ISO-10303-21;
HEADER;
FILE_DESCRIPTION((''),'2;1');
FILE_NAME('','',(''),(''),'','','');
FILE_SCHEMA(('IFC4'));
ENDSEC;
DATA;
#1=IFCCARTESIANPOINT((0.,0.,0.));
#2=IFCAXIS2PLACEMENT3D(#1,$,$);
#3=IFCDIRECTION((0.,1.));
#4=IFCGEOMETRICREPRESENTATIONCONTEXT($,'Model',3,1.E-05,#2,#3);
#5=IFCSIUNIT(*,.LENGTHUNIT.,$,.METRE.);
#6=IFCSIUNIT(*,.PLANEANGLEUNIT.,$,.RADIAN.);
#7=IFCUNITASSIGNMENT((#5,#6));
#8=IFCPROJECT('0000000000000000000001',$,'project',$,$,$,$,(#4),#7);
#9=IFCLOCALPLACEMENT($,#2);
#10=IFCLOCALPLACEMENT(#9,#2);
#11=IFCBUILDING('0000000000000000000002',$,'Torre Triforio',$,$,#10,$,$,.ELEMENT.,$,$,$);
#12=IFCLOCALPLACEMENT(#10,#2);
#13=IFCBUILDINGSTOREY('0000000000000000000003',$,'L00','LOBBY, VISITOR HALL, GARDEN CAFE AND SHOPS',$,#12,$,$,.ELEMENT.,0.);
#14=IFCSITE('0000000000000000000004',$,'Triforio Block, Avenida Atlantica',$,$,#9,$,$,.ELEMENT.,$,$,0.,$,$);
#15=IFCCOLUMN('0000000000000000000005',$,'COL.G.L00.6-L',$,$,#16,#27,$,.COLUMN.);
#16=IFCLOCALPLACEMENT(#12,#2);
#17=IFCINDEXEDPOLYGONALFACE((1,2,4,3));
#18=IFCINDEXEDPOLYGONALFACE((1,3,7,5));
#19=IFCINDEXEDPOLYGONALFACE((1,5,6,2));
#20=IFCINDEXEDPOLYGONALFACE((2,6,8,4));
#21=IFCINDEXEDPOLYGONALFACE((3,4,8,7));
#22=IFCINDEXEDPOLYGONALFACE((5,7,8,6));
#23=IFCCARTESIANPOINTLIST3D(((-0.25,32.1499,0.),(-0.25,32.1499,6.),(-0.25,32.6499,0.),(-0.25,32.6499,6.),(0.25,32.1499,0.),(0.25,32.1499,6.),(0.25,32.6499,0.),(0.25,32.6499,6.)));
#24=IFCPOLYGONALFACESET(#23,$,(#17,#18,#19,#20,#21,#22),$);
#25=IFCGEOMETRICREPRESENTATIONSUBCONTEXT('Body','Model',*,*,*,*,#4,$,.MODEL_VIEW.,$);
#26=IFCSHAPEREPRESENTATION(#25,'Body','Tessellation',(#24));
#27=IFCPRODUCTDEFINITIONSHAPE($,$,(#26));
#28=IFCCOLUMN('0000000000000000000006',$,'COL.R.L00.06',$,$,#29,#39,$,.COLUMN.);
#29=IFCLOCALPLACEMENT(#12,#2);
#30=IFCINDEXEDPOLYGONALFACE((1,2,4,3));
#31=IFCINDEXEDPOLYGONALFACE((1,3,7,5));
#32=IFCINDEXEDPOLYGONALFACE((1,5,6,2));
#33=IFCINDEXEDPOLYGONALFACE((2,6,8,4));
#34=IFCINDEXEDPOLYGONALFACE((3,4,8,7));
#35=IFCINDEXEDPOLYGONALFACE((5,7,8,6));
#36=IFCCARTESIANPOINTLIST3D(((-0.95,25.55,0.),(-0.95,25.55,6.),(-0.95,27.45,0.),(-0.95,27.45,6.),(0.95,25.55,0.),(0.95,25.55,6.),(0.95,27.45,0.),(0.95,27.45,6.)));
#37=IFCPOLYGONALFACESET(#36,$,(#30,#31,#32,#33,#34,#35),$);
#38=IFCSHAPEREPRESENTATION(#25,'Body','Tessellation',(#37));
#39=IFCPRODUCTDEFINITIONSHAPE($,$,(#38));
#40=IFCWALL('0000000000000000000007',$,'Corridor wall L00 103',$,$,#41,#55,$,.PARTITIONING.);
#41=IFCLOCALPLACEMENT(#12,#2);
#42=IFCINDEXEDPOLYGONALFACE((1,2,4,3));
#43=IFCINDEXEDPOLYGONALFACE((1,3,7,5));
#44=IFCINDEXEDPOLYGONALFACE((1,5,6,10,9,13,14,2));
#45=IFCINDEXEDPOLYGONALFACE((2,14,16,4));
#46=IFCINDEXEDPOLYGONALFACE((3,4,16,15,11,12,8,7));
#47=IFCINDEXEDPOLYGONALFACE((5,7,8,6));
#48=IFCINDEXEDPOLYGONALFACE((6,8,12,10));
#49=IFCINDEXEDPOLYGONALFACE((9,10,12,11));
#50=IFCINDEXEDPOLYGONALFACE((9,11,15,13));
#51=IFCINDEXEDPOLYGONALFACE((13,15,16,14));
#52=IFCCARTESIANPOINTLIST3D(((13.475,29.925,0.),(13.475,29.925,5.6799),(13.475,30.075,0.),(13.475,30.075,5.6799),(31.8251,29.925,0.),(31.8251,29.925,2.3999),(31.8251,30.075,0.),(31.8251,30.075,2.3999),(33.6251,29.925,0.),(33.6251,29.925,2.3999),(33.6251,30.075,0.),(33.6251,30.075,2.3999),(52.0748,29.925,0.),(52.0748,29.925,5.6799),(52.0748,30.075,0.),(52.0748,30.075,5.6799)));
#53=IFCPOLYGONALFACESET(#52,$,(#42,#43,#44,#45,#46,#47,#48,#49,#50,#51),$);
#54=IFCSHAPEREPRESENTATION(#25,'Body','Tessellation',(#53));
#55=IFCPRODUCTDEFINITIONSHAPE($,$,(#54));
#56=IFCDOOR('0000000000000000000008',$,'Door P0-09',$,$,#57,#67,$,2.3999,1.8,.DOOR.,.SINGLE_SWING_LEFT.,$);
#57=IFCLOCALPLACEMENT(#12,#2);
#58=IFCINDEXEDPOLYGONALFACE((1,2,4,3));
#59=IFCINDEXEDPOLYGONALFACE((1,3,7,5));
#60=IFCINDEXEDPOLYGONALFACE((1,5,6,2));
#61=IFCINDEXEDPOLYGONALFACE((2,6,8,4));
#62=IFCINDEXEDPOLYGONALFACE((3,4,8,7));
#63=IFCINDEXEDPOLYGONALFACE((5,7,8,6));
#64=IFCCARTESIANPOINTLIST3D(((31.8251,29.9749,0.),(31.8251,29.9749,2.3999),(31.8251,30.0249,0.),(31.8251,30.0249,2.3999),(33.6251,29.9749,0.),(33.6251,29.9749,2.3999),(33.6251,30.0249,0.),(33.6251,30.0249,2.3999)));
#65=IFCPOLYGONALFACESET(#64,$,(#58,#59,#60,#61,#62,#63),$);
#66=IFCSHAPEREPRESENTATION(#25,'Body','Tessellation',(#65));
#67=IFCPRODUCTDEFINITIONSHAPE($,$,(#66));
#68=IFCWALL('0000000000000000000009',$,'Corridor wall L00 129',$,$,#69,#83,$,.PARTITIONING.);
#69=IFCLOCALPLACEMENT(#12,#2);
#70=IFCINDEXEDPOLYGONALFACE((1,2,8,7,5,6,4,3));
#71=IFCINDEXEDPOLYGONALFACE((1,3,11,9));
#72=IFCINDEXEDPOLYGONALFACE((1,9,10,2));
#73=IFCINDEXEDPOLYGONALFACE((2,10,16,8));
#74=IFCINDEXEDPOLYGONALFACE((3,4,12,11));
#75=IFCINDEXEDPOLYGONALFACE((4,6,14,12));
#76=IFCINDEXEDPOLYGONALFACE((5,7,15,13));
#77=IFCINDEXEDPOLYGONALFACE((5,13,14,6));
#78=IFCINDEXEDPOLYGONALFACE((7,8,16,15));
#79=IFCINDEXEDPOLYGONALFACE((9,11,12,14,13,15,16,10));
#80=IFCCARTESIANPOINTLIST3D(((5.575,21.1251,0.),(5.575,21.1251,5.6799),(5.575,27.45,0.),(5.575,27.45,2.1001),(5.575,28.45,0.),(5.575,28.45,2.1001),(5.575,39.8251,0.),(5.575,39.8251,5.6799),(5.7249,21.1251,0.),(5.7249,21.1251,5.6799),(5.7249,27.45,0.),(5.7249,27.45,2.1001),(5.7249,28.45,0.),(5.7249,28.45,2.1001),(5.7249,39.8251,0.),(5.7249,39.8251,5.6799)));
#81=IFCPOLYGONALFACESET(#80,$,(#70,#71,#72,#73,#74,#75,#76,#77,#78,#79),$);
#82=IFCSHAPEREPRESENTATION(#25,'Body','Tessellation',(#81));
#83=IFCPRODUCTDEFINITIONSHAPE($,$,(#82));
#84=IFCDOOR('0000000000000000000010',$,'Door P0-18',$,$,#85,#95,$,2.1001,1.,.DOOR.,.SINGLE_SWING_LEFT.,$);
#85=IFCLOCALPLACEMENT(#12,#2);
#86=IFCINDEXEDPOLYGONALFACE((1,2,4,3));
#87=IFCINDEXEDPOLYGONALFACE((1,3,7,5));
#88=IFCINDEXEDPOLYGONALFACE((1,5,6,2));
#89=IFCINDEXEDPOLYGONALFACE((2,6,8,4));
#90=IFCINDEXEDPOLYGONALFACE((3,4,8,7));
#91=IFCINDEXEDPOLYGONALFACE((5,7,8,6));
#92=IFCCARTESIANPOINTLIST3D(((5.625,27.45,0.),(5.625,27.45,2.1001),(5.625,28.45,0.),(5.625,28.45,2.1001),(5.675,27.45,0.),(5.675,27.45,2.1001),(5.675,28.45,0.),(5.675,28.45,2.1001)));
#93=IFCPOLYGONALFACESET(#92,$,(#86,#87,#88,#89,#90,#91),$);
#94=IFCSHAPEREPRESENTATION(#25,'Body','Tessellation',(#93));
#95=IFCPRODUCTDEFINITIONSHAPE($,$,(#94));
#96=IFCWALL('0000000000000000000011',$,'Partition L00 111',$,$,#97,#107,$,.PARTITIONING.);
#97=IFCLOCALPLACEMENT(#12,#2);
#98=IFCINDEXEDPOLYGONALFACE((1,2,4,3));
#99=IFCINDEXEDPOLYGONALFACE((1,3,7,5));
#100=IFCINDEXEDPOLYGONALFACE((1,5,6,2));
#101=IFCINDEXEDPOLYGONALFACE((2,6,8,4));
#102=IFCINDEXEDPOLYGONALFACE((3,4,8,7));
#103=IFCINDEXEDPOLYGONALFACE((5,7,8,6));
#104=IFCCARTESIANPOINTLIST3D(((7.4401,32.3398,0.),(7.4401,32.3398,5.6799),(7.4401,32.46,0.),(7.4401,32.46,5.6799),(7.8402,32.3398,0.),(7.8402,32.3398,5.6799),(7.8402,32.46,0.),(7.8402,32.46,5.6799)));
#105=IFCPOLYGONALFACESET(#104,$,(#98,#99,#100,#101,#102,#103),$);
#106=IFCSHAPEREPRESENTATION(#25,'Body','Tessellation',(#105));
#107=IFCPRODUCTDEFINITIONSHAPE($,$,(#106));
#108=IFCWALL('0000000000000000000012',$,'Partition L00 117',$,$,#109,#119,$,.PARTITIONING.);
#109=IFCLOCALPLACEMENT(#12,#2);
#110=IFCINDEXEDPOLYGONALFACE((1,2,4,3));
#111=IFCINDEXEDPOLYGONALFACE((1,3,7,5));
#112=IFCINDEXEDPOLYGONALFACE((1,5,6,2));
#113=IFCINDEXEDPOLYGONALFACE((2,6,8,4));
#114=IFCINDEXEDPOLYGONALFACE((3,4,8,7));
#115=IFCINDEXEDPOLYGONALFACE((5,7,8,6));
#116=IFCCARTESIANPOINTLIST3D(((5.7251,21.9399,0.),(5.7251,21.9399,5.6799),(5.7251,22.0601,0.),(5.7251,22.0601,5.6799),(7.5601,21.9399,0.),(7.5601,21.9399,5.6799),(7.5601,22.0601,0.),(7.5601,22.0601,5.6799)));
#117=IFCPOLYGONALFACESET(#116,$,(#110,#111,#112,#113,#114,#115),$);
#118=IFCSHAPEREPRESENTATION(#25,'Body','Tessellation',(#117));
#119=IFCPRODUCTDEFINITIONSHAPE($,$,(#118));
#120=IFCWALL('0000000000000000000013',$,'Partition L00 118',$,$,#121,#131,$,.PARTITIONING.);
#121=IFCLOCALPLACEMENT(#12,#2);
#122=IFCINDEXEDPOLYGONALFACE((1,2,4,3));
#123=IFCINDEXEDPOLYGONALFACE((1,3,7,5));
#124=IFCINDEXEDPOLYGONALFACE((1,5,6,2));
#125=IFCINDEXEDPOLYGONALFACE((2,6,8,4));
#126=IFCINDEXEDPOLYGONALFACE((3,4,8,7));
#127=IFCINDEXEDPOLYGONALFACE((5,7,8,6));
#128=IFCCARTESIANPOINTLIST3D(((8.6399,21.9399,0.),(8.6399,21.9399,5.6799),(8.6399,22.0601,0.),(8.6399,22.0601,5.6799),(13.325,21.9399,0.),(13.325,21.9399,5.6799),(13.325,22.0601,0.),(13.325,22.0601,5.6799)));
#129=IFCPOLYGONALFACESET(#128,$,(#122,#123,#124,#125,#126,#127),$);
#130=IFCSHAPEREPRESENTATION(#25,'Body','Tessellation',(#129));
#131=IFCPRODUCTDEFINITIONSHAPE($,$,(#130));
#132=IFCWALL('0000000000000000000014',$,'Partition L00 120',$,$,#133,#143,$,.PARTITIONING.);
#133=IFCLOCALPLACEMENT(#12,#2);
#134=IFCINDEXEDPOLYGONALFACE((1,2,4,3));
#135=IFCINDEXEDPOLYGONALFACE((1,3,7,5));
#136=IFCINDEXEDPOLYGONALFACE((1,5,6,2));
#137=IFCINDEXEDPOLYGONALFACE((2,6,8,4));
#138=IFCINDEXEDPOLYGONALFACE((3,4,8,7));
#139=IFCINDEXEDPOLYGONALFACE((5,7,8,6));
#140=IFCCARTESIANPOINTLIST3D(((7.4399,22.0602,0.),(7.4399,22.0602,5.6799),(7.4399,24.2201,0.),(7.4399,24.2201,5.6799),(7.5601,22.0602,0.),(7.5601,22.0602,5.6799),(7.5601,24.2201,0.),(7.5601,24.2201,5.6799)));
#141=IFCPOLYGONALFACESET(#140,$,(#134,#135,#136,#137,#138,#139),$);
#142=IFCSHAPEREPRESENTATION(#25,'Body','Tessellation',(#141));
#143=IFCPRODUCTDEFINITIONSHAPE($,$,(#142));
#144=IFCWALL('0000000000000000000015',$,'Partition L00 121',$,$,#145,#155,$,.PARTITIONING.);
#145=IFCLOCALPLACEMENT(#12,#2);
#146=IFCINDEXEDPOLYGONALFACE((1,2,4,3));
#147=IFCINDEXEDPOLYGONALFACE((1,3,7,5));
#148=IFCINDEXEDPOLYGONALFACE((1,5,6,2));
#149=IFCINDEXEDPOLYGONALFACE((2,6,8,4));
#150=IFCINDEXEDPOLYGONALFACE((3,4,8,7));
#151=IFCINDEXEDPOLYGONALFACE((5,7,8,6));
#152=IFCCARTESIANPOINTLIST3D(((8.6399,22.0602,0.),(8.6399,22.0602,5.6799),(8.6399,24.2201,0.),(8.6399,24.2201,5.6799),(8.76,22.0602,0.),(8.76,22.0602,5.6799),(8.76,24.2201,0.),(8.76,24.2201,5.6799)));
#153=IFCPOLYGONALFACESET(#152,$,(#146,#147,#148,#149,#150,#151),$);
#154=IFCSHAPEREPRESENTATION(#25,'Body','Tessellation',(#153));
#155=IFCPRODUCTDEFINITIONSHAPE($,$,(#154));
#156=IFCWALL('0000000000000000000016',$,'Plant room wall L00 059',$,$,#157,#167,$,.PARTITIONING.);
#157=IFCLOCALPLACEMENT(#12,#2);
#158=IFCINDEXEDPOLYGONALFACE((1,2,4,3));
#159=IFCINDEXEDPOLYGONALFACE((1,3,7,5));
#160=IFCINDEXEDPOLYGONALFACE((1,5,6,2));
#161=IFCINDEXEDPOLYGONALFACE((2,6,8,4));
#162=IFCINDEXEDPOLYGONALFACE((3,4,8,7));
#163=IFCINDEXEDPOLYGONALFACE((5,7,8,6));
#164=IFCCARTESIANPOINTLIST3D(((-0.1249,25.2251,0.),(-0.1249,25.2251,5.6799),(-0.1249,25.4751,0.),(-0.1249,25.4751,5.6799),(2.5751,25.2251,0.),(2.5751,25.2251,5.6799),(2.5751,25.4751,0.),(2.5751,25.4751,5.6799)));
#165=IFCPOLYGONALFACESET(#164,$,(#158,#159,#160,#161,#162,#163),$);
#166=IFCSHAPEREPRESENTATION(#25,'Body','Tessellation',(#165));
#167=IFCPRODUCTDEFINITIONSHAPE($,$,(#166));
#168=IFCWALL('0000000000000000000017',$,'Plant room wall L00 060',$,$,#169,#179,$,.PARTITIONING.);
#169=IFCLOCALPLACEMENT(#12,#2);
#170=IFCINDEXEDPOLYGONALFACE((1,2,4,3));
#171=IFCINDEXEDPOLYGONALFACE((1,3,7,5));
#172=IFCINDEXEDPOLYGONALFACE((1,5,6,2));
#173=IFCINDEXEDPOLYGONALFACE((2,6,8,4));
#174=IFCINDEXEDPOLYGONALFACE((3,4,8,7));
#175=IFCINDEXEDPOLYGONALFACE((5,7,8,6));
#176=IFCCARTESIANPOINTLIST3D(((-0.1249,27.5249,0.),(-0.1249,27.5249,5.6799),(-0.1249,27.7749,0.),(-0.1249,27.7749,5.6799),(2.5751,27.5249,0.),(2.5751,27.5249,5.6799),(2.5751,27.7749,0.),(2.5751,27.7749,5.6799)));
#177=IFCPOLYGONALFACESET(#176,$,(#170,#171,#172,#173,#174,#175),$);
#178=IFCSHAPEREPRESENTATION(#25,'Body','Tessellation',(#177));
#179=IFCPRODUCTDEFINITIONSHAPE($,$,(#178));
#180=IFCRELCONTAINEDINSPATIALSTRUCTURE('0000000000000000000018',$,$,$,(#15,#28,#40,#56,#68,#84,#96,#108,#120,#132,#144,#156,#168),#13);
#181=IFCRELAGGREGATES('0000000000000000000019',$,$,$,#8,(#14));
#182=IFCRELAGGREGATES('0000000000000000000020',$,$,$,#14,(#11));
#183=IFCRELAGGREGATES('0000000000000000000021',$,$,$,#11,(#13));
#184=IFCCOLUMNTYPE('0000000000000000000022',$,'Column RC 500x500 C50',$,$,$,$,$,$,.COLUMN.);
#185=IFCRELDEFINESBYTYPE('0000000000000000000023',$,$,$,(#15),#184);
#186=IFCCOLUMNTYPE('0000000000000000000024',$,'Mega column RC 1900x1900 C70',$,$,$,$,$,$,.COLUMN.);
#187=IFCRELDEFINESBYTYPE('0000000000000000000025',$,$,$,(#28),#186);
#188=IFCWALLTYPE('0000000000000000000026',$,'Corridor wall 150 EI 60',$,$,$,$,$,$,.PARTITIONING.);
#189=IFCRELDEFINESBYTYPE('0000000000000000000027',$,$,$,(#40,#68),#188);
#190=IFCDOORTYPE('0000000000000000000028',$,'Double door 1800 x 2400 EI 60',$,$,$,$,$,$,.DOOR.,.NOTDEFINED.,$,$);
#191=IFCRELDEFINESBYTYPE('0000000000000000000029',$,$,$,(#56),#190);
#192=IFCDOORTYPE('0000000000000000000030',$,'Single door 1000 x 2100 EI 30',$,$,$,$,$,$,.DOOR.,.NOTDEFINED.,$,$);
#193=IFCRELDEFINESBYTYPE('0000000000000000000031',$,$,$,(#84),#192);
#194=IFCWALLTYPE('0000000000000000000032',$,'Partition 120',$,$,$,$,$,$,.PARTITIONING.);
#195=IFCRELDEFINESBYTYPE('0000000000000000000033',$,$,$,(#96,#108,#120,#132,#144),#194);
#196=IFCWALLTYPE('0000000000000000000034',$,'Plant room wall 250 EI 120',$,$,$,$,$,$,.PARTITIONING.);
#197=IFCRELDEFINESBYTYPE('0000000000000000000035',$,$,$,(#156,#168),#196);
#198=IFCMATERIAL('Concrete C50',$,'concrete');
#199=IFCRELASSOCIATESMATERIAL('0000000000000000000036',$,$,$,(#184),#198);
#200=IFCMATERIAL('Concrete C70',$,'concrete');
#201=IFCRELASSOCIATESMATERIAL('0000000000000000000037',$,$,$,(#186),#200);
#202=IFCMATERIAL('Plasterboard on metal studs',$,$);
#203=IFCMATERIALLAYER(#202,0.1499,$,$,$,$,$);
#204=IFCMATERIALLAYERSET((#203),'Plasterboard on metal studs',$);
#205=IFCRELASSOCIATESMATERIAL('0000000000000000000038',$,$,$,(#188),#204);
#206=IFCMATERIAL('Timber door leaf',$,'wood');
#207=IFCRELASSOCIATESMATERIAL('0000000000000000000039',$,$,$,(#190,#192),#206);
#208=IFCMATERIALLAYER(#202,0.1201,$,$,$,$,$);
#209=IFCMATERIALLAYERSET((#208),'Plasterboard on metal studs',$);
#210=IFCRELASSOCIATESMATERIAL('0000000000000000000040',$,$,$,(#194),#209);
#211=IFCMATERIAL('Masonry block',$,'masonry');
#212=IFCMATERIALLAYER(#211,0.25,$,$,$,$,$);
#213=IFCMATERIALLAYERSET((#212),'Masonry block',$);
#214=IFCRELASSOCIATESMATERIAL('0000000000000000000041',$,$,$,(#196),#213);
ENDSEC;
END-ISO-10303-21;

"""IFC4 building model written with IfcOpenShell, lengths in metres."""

from ifc_helpers import new_model, si_unit, direction, frame, frame_2d, origin, origin_2d, place, context, subcontext, project, spatial, rectangle, extrude, material, layer, layer_set, material_profile, profile_set, type_object, element, fill, save


model = new_model("IFC4")

# Units and contexts
model_context = context("Model", 3, precision=1e-05, world=origin(), true_north=direction((0.0, 1.0)))
body_context = subcontext(model_context, "Body", "Model", "MODEL_VIEW")
ifc_project = project(units=[si_unit("LENGTHUNIT", "METRE"), si_unit("PLANEANGLEUNIT", "RADIAN")], contexts=[model_context])

# Site, building, storey
site_placement = place(None, origin())
site = spatial("IfcSite", under=ifc_project, at=site_placement, Name="Triforio Block, Avenida Atlantica", CompositionType="ELEMENT", RefElevation=0.0)
building_placement = place(site_placement, origin())
building = spatial("IfcBuilding", under=site, at=building_placement, Name="Torre Triforio", CompositionType="ELEMENT")
storey_placement = place(building_placement, origin())
storey = spatial("IfcBuildingStorey", under=building, at=storey_placement, Name="L00", Description="LOBBY, VISITOR HALL, GARDEN CAFE AND SHOPS", CompositionType="ELEMENT", Elevation=0.0)

# Columns
ifc_material_1 = material(Name="Concrete C50", Category="concrete")
ifc_material_profile_1 = material_profile(ifc_material_1, rectangle(XDim=0.5, YDim=0.5, at=origin_2d()), Name="RC 500x500")
ifc_profile_set_1 = profile_set([ifc_material_profile_1], Name="Concrete C50")
column_type_1 = type_object("IfcColumnType", Name="Column RC 500x500 C50", PredefinedType="COLUMN", material=ifc_profile_set_1)
column_1_placement = place(storey_placement, frame((0.0, 32.3999, 0.0), z_axis=(0.0, 0.0, 1.0), x_axis=(1.0, 0.0, 0.0)))
element("IfcColumn", 1, at=column_1_placement, inside=storey, type_object=column_type_1, Name="COL.G.L00.6-L", PredefinedType="COLUMN", context=body_context, shape_type="SweptSolid", body=[
    extrude(rectangle(XDim=0.5, YDim=0.5, at=origin_2d()), origin(), (0.0, 0.0, 1.0), 6.0),
])
ifc_material_2 = material(Name="Concrete C70", Category="concrete")
ifc_material_profile_2 = material_profile(ifc_material_2, rectangle(XDim=1.8999, YDim=1.8999, at=origin_2d()), Name="RC 1900x1900")
ifc_profile_set_2 = profile_set([ifc_material_profile_2], Name="Concrete C70")
column_type_2 = type_object("IfcColumnType", Name="Mega column RC 1900x1900 C70", PredefinedType="COLUMN", material=ifc_profile_set_2)
column_2_placement = place(storey_placement, frame((0.0, 26.5, 0.0), z_axis=(0.0, 0.0, 1.0), x_axis=(-1.0, 0.0, 0.0)))
element("IfcColumn", 2, at=column_2_placement, inside=storey, type_object=column_type_2, Name="COL.R.L00.06", PredefinedType="COLUMN", context=body_context, shape_type="SweptSolid", body=[
    extrude(rectangle(XDim=1.8999, YDim=1.8999, at=origin_2d()), origin(), (0.0, 0.0, 1.0), 6.0),
])

# Walls, openings, doors
ifc_material_3 = material(Name="Plasterboard on metal studs")
ifc_layer_1 = layer(ifc_material_3, 0.1499)
ifc_layer_set_1 = layer_set([ifc_layer_1], Name="Plasterboard on metal studs")
wall_type_1 = type_object("IfcWallType", Name="Corridor wall 150 EI 60", PredefinedType="PARTITIONING", material=ifc_layer_set_1)
wall_1_placement = place(storey_placement, frame((13.4751, 30.0, 0.0), z_axis=(0.0, 0.0, 1.0), x_axis=(1.0, 0.0, 0.0)))
wall_1 = element("IfcWall", 3, at=wall_1_placement, inside=storey, type_object=wall_type_1, Name="Corridor wall L00 103", PredefinedType="PARTITIONING", context=body_context, shape_type="SweptSolid", body=[
    extrude(rectangle(XDim=38.5999, YDim=0.1499, at=frame_2d((19.2998, 0.0))), origin(), (0.0, 0.0, 1.0), 5.6799),
])
opening_1_placement = place(wall_1_placement, frame((18.3501, 0.0, 0.0)))
opening_1 = element("IfcOpeningElement", 4, at=opening_1_placement, cuts=wall_1, PredefinedType="OPENING", context=body_context, shape_type="SweptSolid", body=[
    extrude(rectangle(XDim=1.8, YDim=2.3999, at=frame_2d((0.8999, 1.2))), frame((0.0, 0.085, 0.0), z_axis=(0.0, -1.0, 0.0), x_axis=(1.0, 0.0, 0.0)), (0.0, 0.0, 1.0), 0.1699),
])
ifc_material_4 = material(Name="Timber door leaf", Category="wood")
door_type_1 = type_object("IfcDoorType", Name="Double door 1800 x 2400 EI 60", OperationType="NOTDEFINED", PredefinedType="DOOR", material=ifc_material_4)
door_1_placement = place(opening_1_placement, origin())
door_1 = element("IfcDoor", 5, at=door_1_placement, inside=storey, type_object=door_type_1, Name="Door P0-09", OperationType="SINGLE_SWING_LEFT", OverallHeight=2.3999, OverallWidth=1.8, PredefinedType="DOOR", context=body_context, shape_type="SweptSolid", body=[
    extrude(rectangle(XDim=1.8, YDim=2.3999, at=frame_2d((0.8999, 1.2))), frame((0.0, 0.0249, 0.0), z_axis=(0.0, -1.0, 0.0), x_axis=(1.0, 0.0, 0.0)), (0.0, 0.0, 1.0), 0.05),
])
fill(opening_1, door_1)
wall_2_placement = place(storey_placement, frame((5.6499, 21.125, 0.0), z_axis=(0.0, 0.0, 1.0), x_axis=(0.0, 1.0, 0.0)))
wall_2 = element("IfcWall", 6, at=wall_2_placement, inside=storey, type_object=wall_type_1, Name="Corridor wall L00 129", PredefinedType="PARTITIONING", context=body_context, shape_type="SweptSolid", body=[
    extrude(rectangle(XDim=18.7, YDim=0.1499, at=frame_2d((9.3501, 0.0))), origin(), (0.0, 0.0, 1.0), 5.6799),
])
opening_2_placement = place(wall_2_placement, frame((6.325, 0.0, 0.0)))
opening_2 = element("IfcOpeningElement", 7, at=opening_2_placement, cuts=wall_2, PredefinedType="OPENING", context=body_context, shape_type="SweptSolid", body=[
    extrude(rectangle(XDim=1.0, YDim=2.1001, at=frame_2d((0.5, 1.05))), frame((0.0, 0.085, 0.0), z_axis=(0.0, -1.0, 0.0), x_axis=(1.0, 0.0, 0.0)), (0.0, 0.0, 1.0), 0.1699),
])
door_type_2 = type_object("IfcDoorType", Name="Single door 1000 x 2100 EI 30", OperationType="NOTDEFINED", PredefinedType="DOOR", material=ifc_material_4)
door_2_placement = place(opening_2_placement, origin())
door_2 = element("IfcDoor", 8, at=door_2_placement, inside=storey, type_object=door_type_2, Name="Door P0-18", OperationType="SINGLE_SWING_LEFT", OverallHeight=2.1001, OverallWidth=1.0, PredefinedType="DOOR", context=body_context, shape_type="SweptSolid", body=[
    extrude(rectangle(XDim=1.0, YDim=2.1001, at=frame_2d((0.5, 1.05))), frame((0.0, 0.0249, 0.0), z_axis=(0.0, -1.0, 0.0), x_axis=(1.0, 0.0, 0.0)), (0.0, 0.0, 1.0), 0.05),
])
fill(opening_2, door_2)

# Walls
ifc_layer_2 = layer(ifc_material_3, 0.1201)
ifc_layer_set_2 = layer_set([ifc_layer_2], Name="Plasterboard on metal studs")
wall_type_2 = type_object("IfcWallType", Name="Partition 120", PredefinedType="PARTITIONING", material=ifc_layer_set_2)
wall_3_placement = place(storey_placement, frame((7.4399, 32.3999, 0.0), z_axis=(0.0, 0.0, 1.0), x_axis=(1.0, 0.0, 0.0)))
element("IfcWall", 9, at=wall_3_placement, inside=storey, type_object=wall_type_2, Name="Partition L00 111", PredefinedType="PARTITIONING", context=body_context, shape_type="SweptSolid", body=[
    extrude(rectangle(XDim=0.4001, YDim=0.1201, at=frame_2d((0.2002, 0.0))), origin(), (0.0, 0.0, 1.0), 5.6799),
])
wall_4_placement = place(storey_placement, frame((5.7251, 22.0, 0.0), z_axis=(0.0, 0.0, 1.0), x_axis=(1.0, 0.0, 0.0)))
element("IfcWall", 10, at=wall_4_placement, inside=storey, type_object=wall_type_2, Name="Partition L00 117", PredefinedType="PARTITIONING", context=body_context, shape_type="SweptSolid", body=[
    extrude(rectangle(XDim=1.835, YDim=0.1201, at=frame_2d((0.9175, 0.0))), origin(), (0.0, 0.0, 1.0), 5.6799),
])
wall_5_placement = place(storey_placement, frame((8.6399, 22.0, 0.0), z_axis=(0.0, 0.0, 1.0), x_axis=(1.0, 0.0, 0.0)))
element("IfcWall", 11, at=wall_5_placement, inside=storey, type_object=wall_type_2, Name="Partition L00 118", PredefinedType="PARTITIONING", context=body_context, shape_type="SweptSolid", body=[
    extrude(rectangle(XDim=4.6851, YDim=0.1201, at=frame_2d((2.3425, 0.0))), origin(), (0.0, 0.0, 1.0), 5.6799),
])
for number, where, z_axis, x_axis, name in (
    (12, (7.5, 22.0601, 0.0), (0.0, 0.0, 1.0), (0.0, 1.0, 0.0), "Partition L00 120"),
    (13, (8.7, 22.0601, 0.0), (0.0, 0.0, 1.0), (0.0, 1.0, 0.0), "Partition L00 121"),
):
    element("IfcWall", number, at=place(storey_placement, frame(where, z_axis=z_axis, x_axis=x_axis)), inside=storey, type_object=wall_type_2, Name=name, PredefinedType="PARTITIONING", context=body_context, shape_type="SweptSolid", body=[
        extrude(rectangle(XDim=2.1599, YDim=0.1201, at=frame_2d((1.0801, 0.0))), origin(), (0.0, 0.0, 1.0), 5.6799),
    ])
ifc_material_5 = material(Name="Masonry block", Category="masonry")
ifc_layer_3 = layer(ifc_material_5, 0.25)
ifc_layer_set_3 = layer_set([ifc_layer_3], Name="Masonry block")
wall_type_3 = type_object("IfcWallType", Name="Plant room wall 250 EI 120", PredefinedType="PARTITIONING", material=ifc_layer_set_3)
for number, where, z_axis, x_axis, name in (
    (14, (-0.125, 25.3501, 0.0), (0.0, 0.0, 1.0), (1.0, 0.0, 0.0), "Plant room wall L00 059"),
    (15, (-0.125, 27.6499, 0.0), (0.0, 0.0, 1.0), (1.0, 0.0, 0.0), "Plant room wall L00 060"),
):
    element("IfcWall", number, at=place(storey_placement, frame(where, z_axis=z_axis, x_axis=x_axis)), inside=storey, type_object=wall_type_3, Name=name, PredefinedType="PARTITIONING", context=body_context, shape_type="SweptSolid", body=[
        extrude(rectangle(XDim=2.7, YDim=0.25, at=frame_2d((1.3501, 0.0))), origin(), (0.0, 0.0, 1.0), 5.6799),
    ])

save(model, "model.ifc")
